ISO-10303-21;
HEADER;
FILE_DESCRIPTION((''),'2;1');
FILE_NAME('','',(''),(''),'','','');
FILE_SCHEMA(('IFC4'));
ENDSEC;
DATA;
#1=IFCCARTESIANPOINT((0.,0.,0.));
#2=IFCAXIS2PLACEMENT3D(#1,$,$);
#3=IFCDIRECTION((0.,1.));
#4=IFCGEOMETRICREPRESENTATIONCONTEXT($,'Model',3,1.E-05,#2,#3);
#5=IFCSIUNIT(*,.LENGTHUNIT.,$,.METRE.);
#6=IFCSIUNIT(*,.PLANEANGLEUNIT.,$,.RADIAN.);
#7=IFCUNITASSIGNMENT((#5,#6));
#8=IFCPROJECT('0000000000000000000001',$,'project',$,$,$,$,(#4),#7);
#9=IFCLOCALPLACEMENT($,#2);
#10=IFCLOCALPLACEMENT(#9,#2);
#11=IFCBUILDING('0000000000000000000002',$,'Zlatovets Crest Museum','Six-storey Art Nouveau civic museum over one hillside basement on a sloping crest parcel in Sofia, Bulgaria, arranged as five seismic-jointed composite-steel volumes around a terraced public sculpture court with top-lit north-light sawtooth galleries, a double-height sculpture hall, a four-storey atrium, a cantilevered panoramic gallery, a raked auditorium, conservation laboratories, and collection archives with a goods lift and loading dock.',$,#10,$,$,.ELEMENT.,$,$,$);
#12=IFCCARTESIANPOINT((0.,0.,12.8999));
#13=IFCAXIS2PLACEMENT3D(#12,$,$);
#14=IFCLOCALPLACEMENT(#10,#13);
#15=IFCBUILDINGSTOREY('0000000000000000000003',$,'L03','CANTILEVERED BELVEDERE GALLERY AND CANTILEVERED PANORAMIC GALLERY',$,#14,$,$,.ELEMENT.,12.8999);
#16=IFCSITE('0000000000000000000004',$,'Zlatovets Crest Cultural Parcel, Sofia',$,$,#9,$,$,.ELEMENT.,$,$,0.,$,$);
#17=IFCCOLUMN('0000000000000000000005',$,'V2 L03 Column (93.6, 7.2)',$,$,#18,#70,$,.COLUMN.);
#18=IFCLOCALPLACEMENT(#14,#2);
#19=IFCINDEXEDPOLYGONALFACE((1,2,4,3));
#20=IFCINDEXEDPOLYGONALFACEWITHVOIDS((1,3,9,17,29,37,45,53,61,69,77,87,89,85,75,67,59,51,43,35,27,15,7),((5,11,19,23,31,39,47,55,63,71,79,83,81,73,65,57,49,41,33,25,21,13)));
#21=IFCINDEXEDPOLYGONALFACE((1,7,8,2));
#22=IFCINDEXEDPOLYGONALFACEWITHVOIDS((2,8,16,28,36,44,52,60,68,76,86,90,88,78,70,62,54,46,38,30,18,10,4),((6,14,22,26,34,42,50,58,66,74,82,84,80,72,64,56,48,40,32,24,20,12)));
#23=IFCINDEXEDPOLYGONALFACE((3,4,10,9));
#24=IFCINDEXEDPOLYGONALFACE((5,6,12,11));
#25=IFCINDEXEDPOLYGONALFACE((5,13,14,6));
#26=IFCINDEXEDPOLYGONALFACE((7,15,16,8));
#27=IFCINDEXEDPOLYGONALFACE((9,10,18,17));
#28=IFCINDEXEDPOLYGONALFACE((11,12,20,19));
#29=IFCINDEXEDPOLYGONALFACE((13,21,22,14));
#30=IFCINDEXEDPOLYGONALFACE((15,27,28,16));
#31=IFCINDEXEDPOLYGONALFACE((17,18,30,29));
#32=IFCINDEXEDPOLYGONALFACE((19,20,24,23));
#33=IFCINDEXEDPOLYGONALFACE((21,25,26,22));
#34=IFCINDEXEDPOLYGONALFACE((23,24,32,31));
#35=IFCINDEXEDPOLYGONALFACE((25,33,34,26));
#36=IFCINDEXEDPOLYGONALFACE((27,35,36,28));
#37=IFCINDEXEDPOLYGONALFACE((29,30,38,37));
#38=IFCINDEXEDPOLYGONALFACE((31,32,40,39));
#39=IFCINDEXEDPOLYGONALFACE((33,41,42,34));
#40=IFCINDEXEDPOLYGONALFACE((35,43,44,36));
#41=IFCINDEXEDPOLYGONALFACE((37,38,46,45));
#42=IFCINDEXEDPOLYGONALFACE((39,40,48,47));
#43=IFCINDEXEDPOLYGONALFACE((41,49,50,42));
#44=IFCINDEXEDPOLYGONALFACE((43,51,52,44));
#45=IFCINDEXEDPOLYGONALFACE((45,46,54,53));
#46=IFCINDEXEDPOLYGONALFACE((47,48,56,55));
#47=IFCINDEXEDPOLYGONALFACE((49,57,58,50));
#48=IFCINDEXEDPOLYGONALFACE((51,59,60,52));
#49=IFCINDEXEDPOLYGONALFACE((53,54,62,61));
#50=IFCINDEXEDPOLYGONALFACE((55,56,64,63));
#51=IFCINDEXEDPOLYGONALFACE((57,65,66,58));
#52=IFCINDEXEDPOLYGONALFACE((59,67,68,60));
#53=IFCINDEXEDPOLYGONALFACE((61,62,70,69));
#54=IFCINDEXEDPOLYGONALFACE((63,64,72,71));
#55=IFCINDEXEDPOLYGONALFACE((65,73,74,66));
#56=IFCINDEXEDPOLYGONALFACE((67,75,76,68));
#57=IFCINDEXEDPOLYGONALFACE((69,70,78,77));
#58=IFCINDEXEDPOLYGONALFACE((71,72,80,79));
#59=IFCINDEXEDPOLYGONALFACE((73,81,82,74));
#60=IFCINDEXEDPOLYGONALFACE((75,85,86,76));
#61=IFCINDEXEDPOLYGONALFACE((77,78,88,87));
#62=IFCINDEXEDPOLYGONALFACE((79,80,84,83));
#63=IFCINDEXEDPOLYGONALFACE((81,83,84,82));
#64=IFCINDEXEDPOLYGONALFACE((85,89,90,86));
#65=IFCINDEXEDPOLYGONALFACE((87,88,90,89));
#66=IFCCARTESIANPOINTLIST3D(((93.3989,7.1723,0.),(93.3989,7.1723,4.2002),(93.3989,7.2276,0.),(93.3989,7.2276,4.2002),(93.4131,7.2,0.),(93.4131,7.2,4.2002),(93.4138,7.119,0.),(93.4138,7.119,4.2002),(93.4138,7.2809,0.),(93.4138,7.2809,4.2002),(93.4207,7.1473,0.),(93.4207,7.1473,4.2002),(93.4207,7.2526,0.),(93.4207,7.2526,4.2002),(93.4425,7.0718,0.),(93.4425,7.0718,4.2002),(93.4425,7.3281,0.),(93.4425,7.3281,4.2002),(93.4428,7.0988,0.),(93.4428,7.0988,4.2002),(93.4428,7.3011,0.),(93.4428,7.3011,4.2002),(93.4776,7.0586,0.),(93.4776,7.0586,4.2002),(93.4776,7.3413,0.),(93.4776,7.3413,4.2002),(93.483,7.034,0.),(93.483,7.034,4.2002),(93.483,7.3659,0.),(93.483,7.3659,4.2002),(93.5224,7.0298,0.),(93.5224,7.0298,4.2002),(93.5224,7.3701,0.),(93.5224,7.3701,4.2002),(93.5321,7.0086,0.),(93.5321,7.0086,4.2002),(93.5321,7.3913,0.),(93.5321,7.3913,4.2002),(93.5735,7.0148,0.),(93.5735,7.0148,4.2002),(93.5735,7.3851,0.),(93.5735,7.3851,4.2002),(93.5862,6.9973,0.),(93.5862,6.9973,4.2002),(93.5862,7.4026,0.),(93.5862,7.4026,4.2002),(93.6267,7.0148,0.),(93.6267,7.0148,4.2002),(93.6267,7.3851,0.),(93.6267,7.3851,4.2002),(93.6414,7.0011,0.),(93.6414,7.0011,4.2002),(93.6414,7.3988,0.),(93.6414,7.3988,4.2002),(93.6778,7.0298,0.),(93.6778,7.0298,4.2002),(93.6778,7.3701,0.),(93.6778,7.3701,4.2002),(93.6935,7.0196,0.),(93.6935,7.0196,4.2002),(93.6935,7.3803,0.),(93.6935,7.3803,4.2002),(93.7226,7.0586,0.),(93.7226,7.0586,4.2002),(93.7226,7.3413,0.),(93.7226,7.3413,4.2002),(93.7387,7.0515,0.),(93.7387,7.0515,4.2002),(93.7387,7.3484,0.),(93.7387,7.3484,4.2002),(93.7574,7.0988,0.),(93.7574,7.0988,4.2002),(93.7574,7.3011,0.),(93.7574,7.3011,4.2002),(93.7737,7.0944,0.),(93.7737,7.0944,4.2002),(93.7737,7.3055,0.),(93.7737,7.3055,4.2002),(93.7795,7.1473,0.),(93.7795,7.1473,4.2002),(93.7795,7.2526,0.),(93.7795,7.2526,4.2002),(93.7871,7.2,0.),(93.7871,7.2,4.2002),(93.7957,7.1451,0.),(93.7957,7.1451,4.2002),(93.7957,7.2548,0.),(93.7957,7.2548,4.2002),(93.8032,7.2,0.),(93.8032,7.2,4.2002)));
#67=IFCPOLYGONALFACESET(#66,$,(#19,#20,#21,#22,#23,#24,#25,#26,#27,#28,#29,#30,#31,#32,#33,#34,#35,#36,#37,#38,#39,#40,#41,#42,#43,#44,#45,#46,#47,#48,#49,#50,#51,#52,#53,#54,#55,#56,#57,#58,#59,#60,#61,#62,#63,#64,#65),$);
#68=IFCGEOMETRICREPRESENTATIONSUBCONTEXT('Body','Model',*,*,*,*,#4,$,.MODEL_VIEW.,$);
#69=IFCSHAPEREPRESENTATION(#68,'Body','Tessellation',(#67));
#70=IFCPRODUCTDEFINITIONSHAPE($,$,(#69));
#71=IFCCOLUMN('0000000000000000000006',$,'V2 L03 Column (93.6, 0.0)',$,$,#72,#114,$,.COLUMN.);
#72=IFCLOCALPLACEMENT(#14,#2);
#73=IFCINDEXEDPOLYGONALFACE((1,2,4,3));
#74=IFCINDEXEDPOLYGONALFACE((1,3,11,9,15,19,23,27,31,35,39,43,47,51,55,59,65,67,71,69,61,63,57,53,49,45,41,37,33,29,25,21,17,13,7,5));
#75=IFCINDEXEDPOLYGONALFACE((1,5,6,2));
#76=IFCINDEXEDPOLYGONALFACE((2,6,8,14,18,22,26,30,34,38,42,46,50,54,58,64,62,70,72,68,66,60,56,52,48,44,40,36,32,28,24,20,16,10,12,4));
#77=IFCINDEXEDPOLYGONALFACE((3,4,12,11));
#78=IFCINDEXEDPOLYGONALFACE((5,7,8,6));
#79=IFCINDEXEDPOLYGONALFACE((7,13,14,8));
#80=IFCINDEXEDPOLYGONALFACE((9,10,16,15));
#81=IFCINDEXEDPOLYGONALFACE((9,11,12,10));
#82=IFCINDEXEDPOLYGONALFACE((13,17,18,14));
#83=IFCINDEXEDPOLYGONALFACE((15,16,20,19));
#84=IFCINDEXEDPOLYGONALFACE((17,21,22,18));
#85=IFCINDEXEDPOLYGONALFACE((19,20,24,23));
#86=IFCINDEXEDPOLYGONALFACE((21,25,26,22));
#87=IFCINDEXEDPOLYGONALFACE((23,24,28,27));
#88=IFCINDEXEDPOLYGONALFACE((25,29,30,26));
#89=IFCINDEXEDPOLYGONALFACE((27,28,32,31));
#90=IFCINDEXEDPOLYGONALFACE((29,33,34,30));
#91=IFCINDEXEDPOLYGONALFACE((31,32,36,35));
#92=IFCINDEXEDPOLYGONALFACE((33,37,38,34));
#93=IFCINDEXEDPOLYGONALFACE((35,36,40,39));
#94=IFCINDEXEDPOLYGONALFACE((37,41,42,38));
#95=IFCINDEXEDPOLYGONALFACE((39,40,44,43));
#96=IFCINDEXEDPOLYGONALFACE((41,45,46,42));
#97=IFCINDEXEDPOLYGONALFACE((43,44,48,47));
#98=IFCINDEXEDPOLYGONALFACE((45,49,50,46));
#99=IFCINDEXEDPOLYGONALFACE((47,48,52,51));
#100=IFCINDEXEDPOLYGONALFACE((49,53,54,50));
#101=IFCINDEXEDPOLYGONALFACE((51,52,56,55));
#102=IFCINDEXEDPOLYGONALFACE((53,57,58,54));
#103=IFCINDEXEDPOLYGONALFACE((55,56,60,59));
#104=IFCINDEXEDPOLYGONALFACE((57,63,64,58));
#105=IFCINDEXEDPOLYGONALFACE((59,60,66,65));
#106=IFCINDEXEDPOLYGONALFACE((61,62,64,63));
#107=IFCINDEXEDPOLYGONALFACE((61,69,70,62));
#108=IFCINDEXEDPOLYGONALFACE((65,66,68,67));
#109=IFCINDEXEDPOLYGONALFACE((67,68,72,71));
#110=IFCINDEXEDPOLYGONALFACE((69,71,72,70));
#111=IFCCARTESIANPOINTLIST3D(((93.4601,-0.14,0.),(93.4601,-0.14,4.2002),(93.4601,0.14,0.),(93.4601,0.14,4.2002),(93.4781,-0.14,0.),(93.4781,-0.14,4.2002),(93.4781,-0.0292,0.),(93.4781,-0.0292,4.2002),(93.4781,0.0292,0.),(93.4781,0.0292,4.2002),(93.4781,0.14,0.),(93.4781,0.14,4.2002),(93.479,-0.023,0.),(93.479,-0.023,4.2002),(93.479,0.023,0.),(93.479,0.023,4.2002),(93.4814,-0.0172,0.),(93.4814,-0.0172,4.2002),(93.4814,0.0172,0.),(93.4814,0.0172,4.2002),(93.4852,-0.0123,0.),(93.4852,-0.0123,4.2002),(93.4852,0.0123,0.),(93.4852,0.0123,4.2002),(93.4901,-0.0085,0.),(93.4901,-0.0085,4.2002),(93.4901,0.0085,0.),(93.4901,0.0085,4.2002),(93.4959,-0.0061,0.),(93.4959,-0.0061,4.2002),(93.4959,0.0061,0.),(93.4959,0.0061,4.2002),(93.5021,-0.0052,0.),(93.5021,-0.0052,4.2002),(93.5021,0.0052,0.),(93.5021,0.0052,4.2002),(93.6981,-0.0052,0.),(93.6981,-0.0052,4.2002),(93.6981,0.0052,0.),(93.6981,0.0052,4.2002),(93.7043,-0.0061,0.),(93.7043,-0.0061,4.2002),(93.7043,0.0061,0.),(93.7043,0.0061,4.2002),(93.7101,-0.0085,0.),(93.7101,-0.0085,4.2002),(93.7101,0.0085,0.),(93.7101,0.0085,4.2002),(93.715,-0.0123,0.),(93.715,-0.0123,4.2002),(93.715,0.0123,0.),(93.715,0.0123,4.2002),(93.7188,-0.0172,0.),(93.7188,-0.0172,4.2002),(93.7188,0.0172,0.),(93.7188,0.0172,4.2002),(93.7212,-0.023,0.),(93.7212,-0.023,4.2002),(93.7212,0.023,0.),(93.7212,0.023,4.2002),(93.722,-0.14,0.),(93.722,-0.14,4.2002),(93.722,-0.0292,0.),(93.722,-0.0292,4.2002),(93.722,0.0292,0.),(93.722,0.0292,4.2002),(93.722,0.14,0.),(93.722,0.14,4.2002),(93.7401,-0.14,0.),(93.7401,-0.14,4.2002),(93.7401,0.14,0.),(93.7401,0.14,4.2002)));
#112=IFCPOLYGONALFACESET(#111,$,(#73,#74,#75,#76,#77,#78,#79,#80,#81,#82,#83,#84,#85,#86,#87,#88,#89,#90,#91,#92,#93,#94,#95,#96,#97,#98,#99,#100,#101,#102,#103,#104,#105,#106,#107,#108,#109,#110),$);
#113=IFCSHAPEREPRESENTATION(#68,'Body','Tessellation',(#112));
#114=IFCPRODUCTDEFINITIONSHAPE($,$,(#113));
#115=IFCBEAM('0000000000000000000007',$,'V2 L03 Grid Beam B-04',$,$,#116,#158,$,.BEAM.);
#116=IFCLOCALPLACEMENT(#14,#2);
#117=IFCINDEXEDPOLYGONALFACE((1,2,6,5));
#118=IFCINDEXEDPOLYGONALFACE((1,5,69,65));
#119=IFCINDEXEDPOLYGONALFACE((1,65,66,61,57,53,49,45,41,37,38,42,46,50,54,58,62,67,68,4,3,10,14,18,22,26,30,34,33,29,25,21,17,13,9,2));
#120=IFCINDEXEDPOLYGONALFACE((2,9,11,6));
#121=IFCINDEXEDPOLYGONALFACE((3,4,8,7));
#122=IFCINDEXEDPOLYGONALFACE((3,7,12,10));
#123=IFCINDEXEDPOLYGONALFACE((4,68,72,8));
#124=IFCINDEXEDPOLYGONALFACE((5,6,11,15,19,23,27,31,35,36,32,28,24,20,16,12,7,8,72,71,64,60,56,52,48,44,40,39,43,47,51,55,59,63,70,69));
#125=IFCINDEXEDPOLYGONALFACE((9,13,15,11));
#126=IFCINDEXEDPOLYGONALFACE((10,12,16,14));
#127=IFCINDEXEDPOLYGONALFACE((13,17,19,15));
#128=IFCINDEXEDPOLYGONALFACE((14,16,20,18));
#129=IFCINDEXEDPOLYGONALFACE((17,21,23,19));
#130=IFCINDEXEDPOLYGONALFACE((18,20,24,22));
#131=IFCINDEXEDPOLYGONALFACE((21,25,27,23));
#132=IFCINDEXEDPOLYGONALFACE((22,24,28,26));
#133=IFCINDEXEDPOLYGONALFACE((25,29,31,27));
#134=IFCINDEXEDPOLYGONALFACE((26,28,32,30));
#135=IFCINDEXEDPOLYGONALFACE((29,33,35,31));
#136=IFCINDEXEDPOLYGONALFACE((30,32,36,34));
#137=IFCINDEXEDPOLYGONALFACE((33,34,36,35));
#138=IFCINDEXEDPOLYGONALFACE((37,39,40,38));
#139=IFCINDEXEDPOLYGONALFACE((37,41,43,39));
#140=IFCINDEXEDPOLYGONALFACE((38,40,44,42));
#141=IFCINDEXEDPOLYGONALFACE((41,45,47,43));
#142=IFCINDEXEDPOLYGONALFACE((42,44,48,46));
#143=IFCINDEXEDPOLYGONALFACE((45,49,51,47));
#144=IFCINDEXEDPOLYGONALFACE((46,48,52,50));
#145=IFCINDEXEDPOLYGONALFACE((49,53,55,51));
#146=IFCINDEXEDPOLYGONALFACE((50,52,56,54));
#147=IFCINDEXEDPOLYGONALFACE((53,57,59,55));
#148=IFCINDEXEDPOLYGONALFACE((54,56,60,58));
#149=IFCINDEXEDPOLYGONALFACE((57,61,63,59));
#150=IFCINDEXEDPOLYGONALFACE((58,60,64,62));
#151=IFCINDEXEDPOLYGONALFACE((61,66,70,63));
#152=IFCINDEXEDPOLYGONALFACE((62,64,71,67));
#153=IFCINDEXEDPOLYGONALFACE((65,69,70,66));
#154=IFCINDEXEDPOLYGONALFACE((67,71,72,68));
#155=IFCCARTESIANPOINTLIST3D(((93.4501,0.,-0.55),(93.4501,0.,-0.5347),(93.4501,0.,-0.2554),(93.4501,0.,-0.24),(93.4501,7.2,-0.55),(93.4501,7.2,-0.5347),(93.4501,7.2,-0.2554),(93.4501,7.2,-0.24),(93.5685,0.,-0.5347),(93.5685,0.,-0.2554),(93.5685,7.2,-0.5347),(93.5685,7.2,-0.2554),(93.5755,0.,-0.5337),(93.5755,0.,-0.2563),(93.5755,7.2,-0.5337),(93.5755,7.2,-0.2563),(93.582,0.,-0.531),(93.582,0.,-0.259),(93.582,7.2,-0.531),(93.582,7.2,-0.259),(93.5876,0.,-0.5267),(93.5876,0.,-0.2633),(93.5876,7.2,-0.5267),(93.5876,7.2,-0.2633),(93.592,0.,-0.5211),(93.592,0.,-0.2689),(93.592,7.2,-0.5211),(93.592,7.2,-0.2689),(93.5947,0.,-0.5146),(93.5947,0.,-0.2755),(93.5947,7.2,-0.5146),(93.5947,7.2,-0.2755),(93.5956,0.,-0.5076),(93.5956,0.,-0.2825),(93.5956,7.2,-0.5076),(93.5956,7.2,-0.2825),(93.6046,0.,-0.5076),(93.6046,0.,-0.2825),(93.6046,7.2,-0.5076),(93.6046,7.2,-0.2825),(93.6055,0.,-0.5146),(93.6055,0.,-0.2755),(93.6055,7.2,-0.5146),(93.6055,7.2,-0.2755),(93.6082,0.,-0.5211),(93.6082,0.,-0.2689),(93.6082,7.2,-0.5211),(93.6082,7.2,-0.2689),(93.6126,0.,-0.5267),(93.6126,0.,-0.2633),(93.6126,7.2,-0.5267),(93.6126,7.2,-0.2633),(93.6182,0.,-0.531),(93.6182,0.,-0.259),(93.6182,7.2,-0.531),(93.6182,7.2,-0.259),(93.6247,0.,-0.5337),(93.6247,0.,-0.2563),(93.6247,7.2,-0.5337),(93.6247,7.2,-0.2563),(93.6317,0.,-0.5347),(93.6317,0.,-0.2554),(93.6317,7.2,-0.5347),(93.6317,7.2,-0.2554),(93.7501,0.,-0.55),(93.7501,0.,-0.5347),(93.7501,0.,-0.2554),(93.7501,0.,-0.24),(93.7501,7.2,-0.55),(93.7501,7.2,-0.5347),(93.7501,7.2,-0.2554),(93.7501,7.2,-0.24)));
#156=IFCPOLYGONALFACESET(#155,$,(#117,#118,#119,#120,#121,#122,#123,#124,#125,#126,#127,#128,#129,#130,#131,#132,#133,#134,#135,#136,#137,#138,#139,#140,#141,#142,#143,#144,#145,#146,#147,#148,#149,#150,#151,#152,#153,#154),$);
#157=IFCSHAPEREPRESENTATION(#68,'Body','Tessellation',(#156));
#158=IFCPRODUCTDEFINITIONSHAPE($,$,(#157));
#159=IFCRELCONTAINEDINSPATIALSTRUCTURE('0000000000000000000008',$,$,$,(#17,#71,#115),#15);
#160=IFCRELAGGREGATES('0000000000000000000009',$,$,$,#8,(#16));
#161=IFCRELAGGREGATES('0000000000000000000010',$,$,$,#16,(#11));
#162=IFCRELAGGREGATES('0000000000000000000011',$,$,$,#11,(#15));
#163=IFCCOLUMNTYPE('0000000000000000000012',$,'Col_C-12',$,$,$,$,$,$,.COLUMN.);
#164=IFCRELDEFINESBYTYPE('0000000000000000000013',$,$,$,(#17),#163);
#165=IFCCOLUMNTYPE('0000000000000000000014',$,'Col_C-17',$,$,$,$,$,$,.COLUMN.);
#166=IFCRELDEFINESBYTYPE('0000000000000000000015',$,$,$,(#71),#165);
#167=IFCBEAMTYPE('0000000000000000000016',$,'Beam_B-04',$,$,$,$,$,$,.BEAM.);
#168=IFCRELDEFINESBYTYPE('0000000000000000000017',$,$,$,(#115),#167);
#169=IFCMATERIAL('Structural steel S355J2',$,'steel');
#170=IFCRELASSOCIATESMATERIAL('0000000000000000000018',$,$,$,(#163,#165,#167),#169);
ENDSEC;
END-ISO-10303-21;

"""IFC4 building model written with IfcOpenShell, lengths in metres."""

from ifc_helpers import new_model, si_unit, direction, frame, origin, origin_2d, place, context, subcontext, project, spatial, hollow_circle, i_section, extrude, material, material_profile, profile_set, type_object, element, save


model = new_model("IFC4")

# Units and contexts
model_context = context("Model", 3, precision=1e-05, world=origin(), true_north=direction((0.0, 1.0)))
body_context = subcontext(model_context, "Body", "Model", "MODEL_VIEW")
ifc_project = project(units=[si_unit("LENGTHUNIT", "METRE"), si_unit("PLANEANGLEUNIT", "RADIAN")], contexts=[model_context])

# Site, building, storey
site_placement = place(None, origin())
site = spatial("IfcSite", under=ifc_project, at=site_placement, Name="Zlatovets Crest Cultural Parcel, Sofia", CompositionType="ELEMENT", RefElevation=0.0)
building_placement = place(site_placement, origin())
building = spatial("IfcBuilding", under=site, at=building_placement, Name="Zlatovets Crest Museum", Description="Six-storey Art Nouveau civic museum over one hillside basement on a sloping crest parcel in Sofia, Bulgaria, arranged as five seismic-jointed composite-steel volumes around a terraced public sculpture court with top-lit north-light sawtooth galleries, a double-height sculpture hall, a four-storey atrium, a cantilevered panoramic gallery, a raked auditorium, conservation laboratories, and collection archives with a goods lift and loading dock.", CompositionType="ELEMENT")
storey_placement = place(building_placement, frame((0.0, 0.0, 12.8999)))
storey = spatial("IfcBuildingStorey", under=building, at=storey_placement, Name="L03", Description="CANTILEVERED BELVEDERE GALLERY AND CANTILEVERED PANORAMIC GALLERY", CompositionType="ELEMENT", Elevation=12.8999)

# Columns
ifc_material_1 = material(Name="Structural steel S355J2", Category="steel")
ifc_material_profile_1 = material_profile(ifc_material_1, hollow_circle(Radius=0.2031, WallThickness=0.0161, at=origin_2d()), Name="CHS 406.4x16.0")
ifc_profile_set_1 = profile_set([ifc_material_profile_1], Name="Structural steel S355J2")
column_type_1 = type_object("IfcColumnType", Name="Col_C-12", PredefinedType="COLUMN", material=ifc_profile_set_1)
column_1_placement = place(storey_placement, frame((93.6001, 7.2, 0.0), z_axis=(0.0, 0.0, 1.0), x_axis=(1.0, 0.0, 0.0)))
element("IfcColumn", 1, at=column_1_placement, inside=storey, type_object=column_type_1, Name="V2 L03 Column (93.6, 7.2)", PredefinedType="COLUMN", context=body_context, shape_type="SweptSolid", body=[
    extrude(hollow_circle(Radius=0.2031, WallThickness=0.0161, at=origin_2d()), origin(), (0.0, 0.0, 1.0), 4.2002),
])
ifc_material_profile_2 = material_profile(ifc_material_1, i_section(OverallWidth=0.28, OverallDepth=0.28, WebThickness=0.0105, FlangeThickness=0.0181, FilletRadius=0.0239, at=origin_2d()), Name="HEB 280")
ifc_profile_set_2 = profile_set([ifc_material_profile_2], Name="Structural steel S355J2")
column_type_2 = type_object("IfcColumnType", Name="Col_C-17", PredefinedType="COLUMN", material=ifc_profile_set_2)
column_2_placement = place(storey_placement, frame((93.6001, 0.0, 0.0), z_axis=(0.0, 0.0, 1.0), x_axis=(0.0, 1.0, 0.0)))
element("IfcColumn", 2, at=column_2_placement, inside=storey, type_object=column_type_2, Name="V2 L03 Column (93.6, 0.0)", PredefinedType="COLUMN", context=body_context, shape_type="SweptSolid", body=[
    extrude(i_section(OverallWidth=0.28, OverallDepth=0.28, WebThickness=0.0105, FlangeThickness=0.0181, FilletRadius=0.0239, at=origin_2d()), origin(), (0.0, 0.0, 1.0), 4.2002),
])

# Beam
ifc_material_profile_3 = material_profile(ifc_material_1, i_section(OverallWidth=0.3, OverallDepth=0.3101, WebThickness=0.009, FlangeThickness=0.0154, FilletRadius=0.0271, at=origin_2d()), Name="HEA 320")
ifc_profile_set_3 = profile_set([ifc_material_profile_3], Name="Structural steel S355J2")
beam_type_1 = type_object("IfcBeamType", Name="Beam_B-04", PredefinedType="BEAM", material=ifc_profile_set_3)
for number, where, z_axis, x_axis, name in (
    (3, (93.6001, 0.0, -0.395), (0.0, 1.0, 0.0), (-1.0, 0.0, 0.0), "V2 L03 Grid Beam B-04"),
):
    element("IfcBeam", number, at=place(storey_placement, frame(where, z_axis=z_axis, x_axis=x_axis)), inside=storey, type_object=beam_type_1, Name=name, PredefinedType="BEAM", context=body_context, shape_type="SweptSolid", body=[
        extrude(i_section(OverallWidth=0.3, OverallDepth=0.3101, WebThickness=0.009, FlangeThickness=0.0154, FilletRadius=0.0271, at=origin_2d()), origin(), (0.0, 0.0, 1.0), 7.2),
    ])

save(model, "model.ifc")
